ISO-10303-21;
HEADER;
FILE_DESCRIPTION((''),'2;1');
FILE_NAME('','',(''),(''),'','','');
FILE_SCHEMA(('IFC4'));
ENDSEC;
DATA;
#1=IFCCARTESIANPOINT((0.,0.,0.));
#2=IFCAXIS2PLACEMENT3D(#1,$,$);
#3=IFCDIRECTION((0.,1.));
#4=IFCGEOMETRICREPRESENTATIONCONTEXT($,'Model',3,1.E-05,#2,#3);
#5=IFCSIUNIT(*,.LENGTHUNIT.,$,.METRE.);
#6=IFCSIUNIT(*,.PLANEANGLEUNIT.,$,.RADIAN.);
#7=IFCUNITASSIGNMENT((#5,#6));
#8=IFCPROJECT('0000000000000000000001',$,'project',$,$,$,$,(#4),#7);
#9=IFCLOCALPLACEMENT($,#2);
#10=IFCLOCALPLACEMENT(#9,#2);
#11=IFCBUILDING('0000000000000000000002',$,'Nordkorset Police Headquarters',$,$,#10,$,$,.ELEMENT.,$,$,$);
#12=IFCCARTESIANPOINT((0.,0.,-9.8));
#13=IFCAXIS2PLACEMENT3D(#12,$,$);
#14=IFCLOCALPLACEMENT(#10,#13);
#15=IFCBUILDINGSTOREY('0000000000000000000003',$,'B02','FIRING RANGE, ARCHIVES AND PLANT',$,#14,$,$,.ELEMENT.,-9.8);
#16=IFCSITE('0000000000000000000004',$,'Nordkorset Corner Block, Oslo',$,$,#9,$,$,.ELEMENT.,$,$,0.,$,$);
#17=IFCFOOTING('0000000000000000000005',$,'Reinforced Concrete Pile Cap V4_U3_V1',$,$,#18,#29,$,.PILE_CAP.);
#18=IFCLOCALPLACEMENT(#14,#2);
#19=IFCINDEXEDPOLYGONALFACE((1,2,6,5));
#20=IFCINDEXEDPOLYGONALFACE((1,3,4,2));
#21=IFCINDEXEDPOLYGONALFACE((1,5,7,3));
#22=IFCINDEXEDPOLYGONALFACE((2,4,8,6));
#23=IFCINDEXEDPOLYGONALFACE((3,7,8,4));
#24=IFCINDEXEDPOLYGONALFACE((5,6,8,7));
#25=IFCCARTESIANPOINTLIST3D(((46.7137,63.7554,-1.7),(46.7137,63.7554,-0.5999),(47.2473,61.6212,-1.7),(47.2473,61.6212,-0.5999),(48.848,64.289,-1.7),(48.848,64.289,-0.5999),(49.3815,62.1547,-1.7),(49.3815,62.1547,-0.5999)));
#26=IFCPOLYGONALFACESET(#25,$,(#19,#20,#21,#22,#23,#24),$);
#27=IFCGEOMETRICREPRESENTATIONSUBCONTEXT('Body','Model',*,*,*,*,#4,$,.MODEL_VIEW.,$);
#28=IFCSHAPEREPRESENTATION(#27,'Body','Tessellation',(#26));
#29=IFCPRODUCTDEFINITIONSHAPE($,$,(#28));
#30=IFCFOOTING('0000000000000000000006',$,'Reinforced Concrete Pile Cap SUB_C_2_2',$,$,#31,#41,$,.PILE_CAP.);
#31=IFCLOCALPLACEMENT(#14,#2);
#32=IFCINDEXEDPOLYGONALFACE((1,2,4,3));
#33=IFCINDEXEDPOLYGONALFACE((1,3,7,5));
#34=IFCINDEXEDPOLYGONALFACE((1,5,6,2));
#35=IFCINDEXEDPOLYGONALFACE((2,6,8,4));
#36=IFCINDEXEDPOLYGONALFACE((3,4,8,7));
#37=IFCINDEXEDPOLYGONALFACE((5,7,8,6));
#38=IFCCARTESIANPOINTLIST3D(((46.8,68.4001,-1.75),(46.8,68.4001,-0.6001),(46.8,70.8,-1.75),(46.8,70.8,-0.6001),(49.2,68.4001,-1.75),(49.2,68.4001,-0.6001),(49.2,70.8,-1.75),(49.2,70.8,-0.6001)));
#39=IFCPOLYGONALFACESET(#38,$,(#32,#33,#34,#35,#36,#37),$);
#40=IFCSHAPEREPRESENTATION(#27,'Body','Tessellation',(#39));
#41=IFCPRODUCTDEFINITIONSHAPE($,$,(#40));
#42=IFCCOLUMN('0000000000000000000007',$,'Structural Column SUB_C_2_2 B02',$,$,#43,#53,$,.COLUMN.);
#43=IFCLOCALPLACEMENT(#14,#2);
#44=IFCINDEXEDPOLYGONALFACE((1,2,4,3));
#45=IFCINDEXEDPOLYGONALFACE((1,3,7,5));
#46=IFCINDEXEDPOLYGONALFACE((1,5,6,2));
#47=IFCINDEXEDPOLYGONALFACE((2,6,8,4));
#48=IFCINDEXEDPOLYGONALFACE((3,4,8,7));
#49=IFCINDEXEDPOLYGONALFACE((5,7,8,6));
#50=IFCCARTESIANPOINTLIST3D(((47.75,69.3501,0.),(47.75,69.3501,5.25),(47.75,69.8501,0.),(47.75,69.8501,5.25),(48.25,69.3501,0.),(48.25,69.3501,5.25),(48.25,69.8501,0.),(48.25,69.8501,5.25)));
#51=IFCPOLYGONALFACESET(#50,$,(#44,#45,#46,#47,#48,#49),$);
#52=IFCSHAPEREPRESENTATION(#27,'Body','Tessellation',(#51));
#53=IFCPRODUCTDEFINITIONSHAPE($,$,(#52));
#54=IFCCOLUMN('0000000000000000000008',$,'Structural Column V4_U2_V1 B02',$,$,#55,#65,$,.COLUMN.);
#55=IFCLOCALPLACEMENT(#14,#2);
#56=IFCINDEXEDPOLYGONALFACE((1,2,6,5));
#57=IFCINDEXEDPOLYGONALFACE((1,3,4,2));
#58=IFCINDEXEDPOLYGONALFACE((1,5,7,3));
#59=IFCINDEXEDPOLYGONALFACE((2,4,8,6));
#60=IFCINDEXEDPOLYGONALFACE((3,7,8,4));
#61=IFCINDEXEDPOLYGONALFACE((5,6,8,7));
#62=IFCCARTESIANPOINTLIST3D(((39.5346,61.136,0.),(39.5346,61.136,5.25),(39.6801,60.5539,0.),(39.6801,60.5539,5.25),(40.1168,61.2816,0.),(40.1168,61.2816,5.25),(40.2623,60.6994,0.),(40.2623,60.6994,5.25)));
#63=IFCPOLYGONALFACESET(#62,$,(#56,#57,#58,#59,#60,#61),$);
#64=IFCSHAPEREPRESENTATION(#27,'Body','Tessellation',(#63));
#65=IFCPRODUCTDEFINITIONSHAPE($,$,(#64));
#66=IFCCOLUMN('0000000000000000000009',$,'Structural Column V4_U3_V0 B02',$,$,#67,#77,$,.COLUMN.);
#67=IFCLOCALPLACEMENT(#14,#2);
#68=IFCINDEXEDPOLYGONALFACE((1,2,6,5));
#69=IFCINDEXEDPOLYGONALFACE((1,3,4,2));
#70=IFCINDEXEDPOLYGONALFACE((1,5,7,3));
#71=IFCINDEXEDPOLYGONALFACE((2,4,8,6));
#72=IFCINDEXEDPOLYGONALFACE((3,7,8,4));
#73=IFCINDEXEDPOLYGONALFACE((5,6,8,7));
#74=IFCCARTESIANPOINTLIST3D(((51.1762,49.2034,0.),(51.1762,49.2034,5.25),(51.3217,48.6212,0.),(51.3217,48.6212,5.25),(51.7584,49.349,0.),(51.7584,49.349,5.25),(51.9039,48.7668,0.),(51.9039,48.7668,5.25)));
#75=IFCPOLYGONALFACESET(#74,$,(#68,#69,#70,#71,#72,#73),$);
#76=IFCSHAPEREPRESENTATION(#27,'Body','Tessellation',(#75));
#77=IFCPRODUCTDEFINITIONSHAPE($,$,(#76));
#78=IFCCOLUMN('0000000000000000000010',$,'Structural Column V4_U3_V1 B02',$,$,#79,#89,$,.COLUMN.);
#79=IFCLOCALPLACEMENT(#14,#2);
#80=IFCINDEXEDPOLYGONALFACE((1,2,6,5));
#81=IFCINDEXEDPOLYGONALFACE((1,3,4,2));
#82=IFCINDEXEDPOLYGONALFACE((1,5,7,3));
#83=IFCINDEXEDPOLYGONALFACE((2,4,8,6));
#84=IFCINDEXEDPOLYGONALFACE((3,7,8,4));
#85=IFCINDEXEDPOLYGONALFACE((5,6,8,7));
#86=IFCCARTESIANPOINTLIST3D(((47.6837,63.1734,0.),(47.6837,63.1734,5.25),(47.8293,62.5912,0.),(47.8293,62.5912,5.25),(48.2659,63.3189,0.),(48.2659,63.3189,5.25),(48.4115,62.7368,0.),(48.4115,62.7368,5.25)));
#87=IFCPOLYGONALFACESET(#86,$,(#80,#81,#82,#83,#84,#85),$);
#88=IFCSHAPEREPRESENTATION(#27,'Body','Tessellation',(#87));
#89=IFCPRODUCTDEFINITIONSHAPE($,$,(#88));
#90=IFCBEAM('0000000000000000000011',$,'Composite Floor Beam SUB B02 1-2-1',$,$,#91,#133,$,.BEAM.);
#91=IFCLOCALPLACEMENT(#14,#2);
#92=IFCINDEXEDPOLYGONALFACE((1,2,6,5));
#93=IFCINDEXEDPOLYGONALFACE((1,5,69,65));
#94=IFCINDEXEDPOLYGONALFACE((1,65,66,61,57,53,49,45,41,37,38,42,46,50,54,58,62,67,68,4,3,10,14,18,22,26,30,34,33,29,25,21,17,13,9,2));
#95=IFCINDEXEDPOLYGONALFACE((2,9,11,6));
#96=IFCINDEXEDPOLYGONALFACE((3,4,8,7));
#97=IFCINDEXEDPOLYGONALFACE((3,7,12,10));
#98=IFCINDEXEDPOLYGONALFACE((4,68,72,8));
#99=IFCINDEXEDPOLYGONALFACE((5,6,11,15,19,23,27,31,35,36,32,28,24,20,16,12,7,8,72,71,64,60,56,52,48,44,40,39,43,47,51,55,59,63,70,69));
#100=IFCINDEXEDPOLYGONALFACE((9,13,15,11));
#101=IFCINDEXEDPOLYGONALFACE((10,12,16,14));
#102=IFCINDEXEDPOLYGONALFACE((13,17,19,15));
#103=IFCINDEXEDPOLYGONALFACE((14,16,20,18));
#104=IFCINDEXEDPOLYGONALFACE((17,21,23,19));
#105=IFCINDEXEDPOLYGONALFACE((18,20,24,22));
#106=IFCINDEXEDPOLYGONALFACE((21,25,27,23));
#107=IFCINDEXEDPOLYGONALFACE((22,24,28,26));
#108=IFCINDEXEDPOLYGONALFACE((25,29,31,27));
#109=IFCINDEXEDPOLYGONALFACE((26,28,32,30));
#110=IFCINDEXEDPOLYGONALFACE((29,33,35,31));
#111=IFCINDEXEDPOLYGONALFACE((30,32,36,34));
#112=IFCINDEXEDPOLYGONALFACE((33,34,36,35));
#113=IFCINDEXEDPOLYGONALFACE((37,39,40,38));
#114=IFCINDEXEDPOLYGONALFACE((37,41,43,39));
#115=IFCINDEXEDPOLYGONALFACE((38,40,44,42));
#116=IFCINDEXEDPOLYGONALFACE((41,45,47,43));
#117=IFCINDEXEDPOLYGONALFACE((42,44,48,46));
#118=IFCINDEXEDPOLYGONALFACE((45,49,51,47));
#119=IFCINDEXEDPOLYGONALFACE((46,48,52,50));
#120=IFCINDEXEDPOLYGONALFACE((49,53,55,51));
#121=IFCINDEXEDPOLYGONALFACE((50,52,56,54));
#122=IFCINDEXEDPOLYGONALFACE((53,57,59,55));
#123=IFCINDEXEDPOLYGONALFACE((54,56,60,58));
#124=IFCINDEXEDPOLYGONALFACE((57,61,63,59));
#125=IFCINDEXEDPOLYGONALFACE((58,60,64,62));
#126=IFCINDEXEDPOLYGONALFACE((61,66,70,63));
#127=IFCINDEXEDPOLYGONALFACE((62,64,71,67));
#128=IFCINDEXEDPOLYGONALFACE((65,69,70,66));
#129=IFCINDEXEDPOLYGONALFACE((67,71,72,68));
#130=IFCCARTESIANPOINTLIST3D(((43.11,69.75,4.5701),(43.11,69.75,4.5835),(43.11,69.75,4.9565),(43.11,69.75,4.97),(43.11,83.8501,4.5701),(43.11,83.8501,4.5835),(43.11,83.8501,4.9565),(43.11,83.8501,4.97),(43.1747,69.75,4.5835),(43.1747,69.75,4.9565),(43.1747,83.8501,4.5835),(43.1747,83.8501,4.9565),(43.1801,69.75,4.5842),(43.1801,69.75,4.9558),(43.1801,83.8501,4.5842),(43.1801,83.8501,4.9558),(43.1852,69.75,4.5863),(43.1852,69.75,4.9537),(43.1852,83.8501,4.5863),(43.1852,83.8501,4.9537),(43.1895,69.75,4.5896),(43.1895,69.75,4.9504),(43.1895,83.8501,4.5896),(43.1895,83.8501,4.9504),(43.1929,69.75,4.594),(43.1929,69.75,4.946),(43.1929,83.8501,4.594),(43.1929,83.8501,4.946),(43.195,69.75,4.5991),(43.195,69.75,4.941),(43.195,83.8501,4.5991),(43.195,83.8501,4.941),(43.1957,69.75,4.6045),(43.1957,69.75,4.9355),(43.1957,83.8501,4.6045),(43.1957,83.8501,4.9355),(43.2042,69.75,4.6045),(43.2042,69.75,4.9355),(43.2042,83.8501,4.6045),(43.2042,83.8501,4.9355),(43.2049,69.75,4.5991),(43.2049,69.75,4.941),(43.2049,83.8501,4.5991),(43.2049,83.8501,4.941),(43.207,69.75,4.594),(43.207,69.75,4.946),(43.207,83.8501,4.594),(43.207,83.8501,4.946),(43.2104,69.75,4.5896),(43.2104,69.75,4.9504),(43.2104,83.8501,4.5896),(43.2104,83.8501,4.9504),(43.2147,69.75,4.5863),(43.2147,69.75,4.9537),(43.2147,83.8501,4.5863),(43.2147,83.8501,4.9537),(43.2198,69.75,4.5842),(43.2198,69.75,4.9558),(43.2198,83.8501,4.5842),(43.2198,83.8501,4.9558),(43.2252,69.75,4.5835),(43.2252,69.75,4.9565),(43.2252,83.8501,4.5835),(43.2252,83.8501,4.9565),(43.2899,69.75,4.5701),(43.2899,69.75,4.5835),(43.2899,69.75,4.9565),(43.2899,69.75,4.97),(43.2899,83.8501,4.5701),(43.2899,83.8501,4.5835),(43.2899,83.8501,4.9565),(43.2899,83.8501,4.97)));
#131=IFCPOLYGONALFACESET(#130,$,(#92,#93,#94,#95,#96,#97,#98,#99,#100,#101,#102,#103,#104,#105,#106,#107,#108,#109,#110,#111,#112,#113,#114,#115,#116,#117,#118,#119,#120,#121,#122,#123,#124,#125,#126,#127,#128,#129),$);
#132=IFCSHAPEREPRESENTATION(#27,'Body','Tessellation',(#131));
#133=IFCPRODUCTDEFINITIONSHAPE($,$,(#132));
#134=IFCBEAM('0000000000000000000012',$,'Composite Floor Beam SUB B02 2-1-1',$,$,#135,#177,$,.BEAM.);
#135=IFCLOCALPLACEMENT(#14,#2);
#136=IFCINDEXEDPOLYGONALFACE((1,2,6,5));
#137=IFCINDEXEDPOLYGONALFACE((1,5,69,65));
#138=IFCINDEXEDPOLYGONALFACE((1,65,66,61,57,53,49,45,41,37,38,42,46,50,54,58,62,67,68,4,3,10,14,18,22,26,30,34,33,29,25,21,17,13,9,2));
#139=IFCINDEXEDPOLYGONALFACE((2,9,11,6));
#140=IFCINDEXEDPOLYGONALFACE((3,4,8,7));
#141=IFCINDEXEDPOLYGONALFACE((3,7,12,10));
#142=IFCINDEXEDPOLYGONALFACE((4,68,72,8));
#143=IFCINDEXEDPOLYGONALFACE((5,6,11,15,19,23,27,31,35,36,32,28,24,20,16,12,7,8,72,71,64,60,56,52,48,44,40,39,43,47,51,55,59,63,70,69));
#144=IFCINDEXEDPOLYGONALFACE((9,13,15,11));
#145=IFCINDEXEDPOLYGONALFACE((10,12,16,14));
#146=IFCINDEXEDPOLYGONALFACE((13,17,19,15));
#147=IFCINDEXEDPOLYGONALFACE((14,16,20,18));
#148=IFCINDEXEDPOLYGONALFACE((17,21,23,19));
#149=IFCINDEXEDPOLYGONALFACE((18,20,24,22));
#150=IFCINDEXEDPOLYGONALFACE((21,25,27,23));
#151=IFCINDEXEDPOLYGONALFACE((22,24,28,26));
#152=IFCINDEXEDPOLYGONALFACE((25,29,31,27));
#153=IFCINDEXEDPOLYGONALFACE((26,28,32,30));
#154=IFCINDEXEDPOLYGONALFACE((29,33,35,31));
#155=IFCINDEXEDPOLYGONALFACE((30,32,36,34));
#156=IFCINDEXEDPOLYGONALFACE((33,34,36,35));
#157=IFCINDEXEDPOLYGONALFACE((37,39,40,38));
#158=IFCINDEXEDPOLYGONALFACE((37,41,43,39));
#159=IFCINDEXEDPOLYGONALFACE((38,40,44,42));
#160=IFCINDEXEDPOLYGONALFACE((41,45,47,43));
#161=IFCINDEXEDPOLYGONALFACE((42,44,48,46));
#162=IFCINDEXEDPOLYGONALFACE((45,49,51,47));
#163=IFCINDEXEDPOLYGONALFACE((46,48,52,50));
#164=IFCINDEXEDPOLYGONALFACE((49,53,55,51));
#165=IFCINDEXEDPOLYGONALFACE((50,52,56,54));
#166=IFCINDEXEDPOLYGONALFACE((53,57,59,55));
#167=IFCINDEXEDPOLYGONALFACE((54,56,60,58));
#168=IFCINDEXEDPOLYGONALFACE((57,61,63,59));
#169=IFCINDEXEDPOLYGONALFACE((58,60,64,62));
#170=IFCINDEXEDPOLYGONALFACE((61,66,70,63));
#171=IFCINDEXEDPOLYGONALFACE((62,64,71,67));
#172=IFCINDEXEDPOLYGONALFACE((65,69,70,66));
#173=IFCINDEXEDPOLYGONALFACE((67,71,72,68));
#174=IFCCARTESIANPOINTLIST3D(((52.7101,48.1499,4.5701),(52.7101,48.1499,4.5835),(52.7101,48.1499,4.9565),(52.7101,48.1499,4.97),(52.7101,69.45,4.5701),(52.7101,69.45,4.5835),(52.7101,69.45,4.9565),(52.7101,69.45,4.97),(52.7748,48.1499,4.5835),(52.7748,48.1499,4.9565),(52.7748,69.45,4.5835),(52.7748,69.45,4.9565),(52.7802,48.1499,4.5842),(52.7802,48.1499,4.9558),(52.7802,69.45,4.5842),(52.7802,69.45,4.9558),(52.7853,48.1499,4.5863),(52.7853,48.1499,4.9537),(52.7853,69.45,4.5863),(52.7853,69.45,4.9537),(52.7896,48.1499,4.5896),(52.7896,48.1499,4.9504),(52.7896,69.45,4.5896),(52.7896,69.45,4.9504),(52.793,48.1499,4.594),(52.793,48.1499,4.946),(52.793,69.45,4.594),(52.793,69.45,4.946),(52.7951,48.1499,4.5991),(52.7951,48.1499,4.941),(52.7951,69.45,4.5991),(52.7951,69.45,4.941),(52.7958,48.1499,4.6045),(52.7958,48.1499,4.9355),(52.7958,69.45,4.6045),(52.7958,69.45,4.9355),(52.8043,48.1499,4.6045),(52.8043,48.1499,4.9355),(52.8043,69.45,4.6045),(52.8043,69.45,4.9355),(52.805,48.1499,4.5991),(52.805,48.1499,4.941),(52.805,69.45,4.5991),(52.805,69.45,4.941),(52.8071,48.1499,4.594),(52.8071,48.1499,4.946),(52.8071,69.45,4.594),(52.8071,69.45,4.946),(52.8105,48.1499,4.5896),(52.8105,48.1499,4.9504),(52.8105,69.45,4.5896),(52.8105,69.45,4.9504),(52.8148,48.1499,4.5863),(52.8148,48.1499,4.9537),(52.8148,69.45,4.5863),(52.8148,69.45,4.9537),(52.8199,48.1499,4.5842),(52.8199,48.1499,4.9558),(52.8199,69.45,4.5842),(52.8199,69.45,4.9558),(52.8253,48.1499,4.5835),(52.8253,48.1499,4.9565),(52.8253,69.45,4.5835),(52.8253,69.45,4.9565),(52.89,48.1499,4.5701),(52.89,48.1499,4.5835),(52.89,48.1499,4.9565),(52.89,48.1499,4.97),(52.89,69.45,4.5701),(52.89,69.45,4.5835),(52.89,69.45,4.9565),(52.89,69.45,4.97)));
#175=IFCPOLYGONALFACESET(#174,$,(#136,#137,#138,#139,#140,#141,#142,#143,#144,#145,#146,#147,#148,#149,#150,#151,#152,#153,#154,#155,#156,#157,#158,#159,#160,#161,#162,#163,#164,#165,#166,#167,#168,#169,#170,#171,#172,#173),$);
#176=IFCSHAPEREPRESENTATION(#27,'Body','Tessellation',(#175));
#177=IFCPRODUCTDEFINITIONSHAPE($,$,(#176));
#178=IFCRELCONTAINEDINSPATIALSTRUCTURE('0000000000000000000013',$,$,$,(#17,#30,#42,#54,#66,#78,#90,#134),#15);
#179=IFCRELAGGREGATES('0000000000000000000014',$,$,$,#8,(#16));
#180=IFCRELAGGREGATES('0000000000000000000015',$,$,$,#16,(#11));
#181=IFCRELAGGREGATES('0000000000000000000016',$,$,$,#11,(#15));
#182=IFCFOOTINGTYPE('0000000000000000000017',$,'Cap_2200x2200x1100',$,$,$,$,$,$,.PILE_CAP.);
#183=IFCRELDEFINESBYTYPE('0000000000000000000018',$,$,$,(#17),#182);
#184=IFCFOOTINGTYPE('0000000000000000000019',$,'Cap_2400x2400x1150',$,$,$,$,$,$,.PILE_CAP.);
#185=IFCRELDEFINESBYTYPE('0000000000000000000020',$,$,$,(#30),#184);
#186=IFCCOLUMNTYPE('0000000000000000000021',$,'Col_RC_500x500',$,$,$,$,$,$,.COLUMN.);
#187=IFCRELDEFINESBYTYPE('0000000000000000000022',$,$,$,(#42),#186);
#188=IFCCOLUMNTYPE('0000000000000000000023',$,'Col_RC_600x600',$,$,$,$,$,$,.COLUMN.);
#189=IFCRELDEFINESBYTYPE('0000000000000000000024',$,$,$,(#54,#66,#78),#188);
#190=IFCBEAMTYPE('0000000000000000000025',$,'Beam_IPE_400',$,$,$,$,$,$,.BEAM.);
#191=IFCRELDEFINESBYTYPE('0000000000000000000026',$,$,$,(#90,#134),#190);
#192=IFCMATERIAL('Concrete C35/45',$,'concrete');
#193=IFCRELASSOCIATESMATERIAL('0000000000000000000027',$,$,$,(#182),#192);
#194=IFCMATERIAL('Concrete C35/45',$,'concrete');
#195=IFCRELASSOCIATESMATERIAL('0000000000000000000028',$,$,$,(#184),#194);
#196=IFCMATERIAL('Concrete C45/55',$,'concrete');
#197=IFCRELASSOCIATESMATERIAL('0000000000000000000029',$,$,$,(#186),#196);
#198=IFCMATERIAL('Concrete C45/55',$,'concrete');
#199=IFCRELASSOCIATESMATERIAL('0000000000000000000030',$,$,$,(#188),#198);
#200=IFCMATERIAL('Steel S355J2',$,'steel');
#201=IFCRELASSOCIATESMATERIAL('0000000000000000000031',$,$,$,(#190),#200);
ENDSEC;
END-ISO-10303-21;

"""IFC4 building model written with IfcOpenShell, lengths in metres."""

from ifc_helpers import new_model, si_unit, direction, frame, origin, origin_2d, place, context, subcontext, project, spatial, rectangle, i_section, extrude, material, material_profile, profile_set, type_object, element, save


model = new_model("IFC4")

# Units and contexts
model_context = context("Model", 3, precision=1e-05, world=origin(), true_north=direction((0.0, 1.0)))
body_context = subcontext(model_context, "Body", "Model", "MODEL_VIEW")
ifc_project = project(units=[si_unit("LENGTHUNIT", "METRE"), si_unit("PLANEANGLEUNIT", "RADIAN")], contexts=[model_context])

# Site, building, storey
site_placement = place(None, origin())
site = spatial("IfcSite", under=ifc_project, at=site_placement, Name="Nordkorset Corner Block, Oslo", CompositionType="ELEMENT", RefElevation=0.0)
building_placement = place(site_placement, origin())
building = spatial("IfcBuilding", under=site, at=building_placement, Name="Nordkorset Police Headquarters", CompositionType="ELEMENT")
storey_placement = place(building_placement, frame((0.0, 0.0, -9.8)))
storey = spatial("IfcBuildingStorey", under=building, at=storey_placement, Name="B02", Description="FIRING RANGE, ARCHIVES AND PLANT", CompositionType="ELEMENT", Elevation=-9.8)

# Footings
ifc_material_1 = material(Name="Concrete C35/45", Category="concrete")
footing_type_1 = type_object("IfcFootingType", Name="Cap_2200x2200x1100", PredefinedType="PILE_CAP", material=ifc_material_1)
for number, where, z_axis, x_axis, name in (
    (1, (48.0476, 62.9551, -1.7), (0.0, 0.0, 1.0), (0.970143, 0.242536, 0.0), "Reinforced Concrete Pile Cap V4_U3_V1"),
):
    element("IfcFooting", number, at=place(storey_placement, frame(where, z_axis=z_axis, x_axis=x_axis)), inside=storey, type_object=footing_type_1, Name=name, PredefinedType="PILE_CAP", context=body_context, shape_type="SweptSolid", body=[
        extrude(rectangle(XDim=2.2, YDim=2.2, at=origin_2d()), origin(), (0.0, 0.0, 1.0), 1.1001),
    ])
ifc_material_2 = material(Name="Concrete C35/45", Category="concrete")
footing_type_2 = type_object("IfcFootingType", Name="Cap_2400x2400x1150", PredefinedType="PILE_CAP", material=ifc_material_2)
footing_placement = place(storey_placement, frame((48.0, 69.6001, -1.75), z_axis=(0.0, 0.0, 1.0), x_axis=(1.0, 0.0, 0.0)))
element("IfcFooting", 2, at=footing_placement, inside=storey, type_object=footing_type_2, Name="Reinforced Concrete Pile Cap SUB_C_2_2", PredefinedType="PILE_CAP", context=body_context, shape_type="SweptSolid", body=[
    extrude(rectangle(XDim=2.3999, YDim=2.3999, at=origin_2d()), origin(), (0.0, 0.0, 1.0), 1.1499),
])

# Columns
ifc_material_3 = material(Name="Concrete C45/55", Category="concrete")
ifc_material_profile_1 = material_profile(ifc_material_3, rectangle(XDim=0.5, YDim=0.5, at=origin_2d()), Name="RC 500x500")
ifc_profile_set_1 = profile_set([ifc_material_profile_1], Name="Concrete C45/55")
column_type_1 = type_object("IfcColumnType", Name="Col_RC_500x500", PredefinedType="COLUMN", material=ifc_profile_set_1)
column_placement = place(storey_placement, frame((48.0, 69.6001, 0.0), z_axis=(0.0, 0.0, 1.0), x_axis=(1.0, 0.0, 0.0)))
element("IfcColumn", 3, at=column_placement, inside=storey, type_object=column_type_1, Name="Structural Column SUB_C_2_2 B02", PredefinedType="COLUMN", context=body_context, shape_type="SweptSolid", body=[
    extrude(rectangle(XDim=0.5, YDim=0.5, at=origin_2d()), origin(), (0.0, 0.0, 1.0), 5.25),
])
ifc_material_4 = material(Name="Concrete C45/55", Category="concrete")
ifc_material_profile_2 = material_profile(ifc_material_4, rectangle(XDim=0.6001, YDim=0.6001, at=origin_2d()), Name="RC 600x600")
ifc_profile_set_2 = profile_set([ifc_material_profile_2], Name="Concrete C45/55")
column_type_2 = type_object("IfcColumnType", Name="Col_RC_600x600", PredefinedType="COLUMN", material=ifc_profile_set_2)
for number, where, z_axis, x_axis, name in (
    (4, (39.8984, 60.9177, 0.0), (0.0, 0.0, 1.0), (0.970143, 0.242536, 0.0), "Structural Column V4_U2_V1 B02"),
    (5, (51.54, 48.9851, 0.0), (0.0, 0.0, 1.0), (0.970143, 0.242536, 0.0), "Structural Column V4_U3_V0 B02"),
    (6, (48.0476, 62.9551, 0.0), (0.0, 0.0, 1.0), (0.970143, 0.242536, 0.0), "Structural Column V4_U3_V1 B02"),
):
    element("IfcColumn", number, at=place(storey_placement, frame(where, z_axis=z_axis, x_axis=x_axis)), inside=storey, type_object=column_type_2, Name=name, PredefinedType="COLUMN", context=body_context, shape_type="SweptSolid", body=[
        extrude(rectangle(XDim=0.6001, YDim=0.6001, at=origin_2d()), origin(), (0.0, 0.0, 1.0), 5.25),
    ])

# Beams
ifc_material_5 = material(Name="Steel S355J2", Category="steel")
ifc_material_profile_3 = material_profile(ifc_material_5, i_section(OverallWidth=0.1799, OverallDepth=0.3999, WebThickness=0.0085, FlangeThickness=0.0134, FilletRadius=0.021, at=origin_2d()), Name="IPE 400")
ifc_profile_set_3 = profile_set([ifc_material_profile_3], Name="Steel S355J2")
beam_type_1 = type_object("IfcBeamType", Name="Beam_IPE_400", PredefinedType="BEAM", material=ifc_profile_set_3)
beam_1_placement = place(storey_placement, frame((43.2, 69.75, 4.77), z_axis=(0.0, 1.0, 0.0), x_axis=(-1.0, 0.0, 0.0)))
element("IfcBeam", 7, at=beam_1_placement, inside=storey, type_object=beam_type_1, Name="Composite Floor Beam SUB B02 1-2-1", PredefinedType="BEAM", context=body_context, shape_type="SweptSolid", body=[
    extrude(i_section(OverallWidth=0.1799, OverallDepth=0.3999, WebThickness=0.0085, FlangeThickness=0.0134, FilletRadius=0.021, at=origin_2d()), origin(), (0.0, 0.0, 1.0), 14.1001),
])
beam_2_placement = place(storey_placement, frame((52.8, 48.1499, 4.77), z_axis=(0.0, 1.0, 0.0), x_axis=(-1.0, 0.0, 0.0)))
element("IfcBeam", 8, at=beam_2_placement, inside=storey, type_object=beam_type_1, Name="Composite Floor Beam SUB B02 2-1-1", PredefinedType="BEAM", context=body_context, shape_type="SweptSolid", body=[
    extrude(i_section(OverallWidth=0.1799, OverallDepth=0.3999, WebThickness=0.0085, FlangeThickness=0.0134, FilletRadius=0.021, at=origin_2d()), origin(), (0.0, 0.0, 1.0), 21.3),
])

save(model, "model.ifc")
